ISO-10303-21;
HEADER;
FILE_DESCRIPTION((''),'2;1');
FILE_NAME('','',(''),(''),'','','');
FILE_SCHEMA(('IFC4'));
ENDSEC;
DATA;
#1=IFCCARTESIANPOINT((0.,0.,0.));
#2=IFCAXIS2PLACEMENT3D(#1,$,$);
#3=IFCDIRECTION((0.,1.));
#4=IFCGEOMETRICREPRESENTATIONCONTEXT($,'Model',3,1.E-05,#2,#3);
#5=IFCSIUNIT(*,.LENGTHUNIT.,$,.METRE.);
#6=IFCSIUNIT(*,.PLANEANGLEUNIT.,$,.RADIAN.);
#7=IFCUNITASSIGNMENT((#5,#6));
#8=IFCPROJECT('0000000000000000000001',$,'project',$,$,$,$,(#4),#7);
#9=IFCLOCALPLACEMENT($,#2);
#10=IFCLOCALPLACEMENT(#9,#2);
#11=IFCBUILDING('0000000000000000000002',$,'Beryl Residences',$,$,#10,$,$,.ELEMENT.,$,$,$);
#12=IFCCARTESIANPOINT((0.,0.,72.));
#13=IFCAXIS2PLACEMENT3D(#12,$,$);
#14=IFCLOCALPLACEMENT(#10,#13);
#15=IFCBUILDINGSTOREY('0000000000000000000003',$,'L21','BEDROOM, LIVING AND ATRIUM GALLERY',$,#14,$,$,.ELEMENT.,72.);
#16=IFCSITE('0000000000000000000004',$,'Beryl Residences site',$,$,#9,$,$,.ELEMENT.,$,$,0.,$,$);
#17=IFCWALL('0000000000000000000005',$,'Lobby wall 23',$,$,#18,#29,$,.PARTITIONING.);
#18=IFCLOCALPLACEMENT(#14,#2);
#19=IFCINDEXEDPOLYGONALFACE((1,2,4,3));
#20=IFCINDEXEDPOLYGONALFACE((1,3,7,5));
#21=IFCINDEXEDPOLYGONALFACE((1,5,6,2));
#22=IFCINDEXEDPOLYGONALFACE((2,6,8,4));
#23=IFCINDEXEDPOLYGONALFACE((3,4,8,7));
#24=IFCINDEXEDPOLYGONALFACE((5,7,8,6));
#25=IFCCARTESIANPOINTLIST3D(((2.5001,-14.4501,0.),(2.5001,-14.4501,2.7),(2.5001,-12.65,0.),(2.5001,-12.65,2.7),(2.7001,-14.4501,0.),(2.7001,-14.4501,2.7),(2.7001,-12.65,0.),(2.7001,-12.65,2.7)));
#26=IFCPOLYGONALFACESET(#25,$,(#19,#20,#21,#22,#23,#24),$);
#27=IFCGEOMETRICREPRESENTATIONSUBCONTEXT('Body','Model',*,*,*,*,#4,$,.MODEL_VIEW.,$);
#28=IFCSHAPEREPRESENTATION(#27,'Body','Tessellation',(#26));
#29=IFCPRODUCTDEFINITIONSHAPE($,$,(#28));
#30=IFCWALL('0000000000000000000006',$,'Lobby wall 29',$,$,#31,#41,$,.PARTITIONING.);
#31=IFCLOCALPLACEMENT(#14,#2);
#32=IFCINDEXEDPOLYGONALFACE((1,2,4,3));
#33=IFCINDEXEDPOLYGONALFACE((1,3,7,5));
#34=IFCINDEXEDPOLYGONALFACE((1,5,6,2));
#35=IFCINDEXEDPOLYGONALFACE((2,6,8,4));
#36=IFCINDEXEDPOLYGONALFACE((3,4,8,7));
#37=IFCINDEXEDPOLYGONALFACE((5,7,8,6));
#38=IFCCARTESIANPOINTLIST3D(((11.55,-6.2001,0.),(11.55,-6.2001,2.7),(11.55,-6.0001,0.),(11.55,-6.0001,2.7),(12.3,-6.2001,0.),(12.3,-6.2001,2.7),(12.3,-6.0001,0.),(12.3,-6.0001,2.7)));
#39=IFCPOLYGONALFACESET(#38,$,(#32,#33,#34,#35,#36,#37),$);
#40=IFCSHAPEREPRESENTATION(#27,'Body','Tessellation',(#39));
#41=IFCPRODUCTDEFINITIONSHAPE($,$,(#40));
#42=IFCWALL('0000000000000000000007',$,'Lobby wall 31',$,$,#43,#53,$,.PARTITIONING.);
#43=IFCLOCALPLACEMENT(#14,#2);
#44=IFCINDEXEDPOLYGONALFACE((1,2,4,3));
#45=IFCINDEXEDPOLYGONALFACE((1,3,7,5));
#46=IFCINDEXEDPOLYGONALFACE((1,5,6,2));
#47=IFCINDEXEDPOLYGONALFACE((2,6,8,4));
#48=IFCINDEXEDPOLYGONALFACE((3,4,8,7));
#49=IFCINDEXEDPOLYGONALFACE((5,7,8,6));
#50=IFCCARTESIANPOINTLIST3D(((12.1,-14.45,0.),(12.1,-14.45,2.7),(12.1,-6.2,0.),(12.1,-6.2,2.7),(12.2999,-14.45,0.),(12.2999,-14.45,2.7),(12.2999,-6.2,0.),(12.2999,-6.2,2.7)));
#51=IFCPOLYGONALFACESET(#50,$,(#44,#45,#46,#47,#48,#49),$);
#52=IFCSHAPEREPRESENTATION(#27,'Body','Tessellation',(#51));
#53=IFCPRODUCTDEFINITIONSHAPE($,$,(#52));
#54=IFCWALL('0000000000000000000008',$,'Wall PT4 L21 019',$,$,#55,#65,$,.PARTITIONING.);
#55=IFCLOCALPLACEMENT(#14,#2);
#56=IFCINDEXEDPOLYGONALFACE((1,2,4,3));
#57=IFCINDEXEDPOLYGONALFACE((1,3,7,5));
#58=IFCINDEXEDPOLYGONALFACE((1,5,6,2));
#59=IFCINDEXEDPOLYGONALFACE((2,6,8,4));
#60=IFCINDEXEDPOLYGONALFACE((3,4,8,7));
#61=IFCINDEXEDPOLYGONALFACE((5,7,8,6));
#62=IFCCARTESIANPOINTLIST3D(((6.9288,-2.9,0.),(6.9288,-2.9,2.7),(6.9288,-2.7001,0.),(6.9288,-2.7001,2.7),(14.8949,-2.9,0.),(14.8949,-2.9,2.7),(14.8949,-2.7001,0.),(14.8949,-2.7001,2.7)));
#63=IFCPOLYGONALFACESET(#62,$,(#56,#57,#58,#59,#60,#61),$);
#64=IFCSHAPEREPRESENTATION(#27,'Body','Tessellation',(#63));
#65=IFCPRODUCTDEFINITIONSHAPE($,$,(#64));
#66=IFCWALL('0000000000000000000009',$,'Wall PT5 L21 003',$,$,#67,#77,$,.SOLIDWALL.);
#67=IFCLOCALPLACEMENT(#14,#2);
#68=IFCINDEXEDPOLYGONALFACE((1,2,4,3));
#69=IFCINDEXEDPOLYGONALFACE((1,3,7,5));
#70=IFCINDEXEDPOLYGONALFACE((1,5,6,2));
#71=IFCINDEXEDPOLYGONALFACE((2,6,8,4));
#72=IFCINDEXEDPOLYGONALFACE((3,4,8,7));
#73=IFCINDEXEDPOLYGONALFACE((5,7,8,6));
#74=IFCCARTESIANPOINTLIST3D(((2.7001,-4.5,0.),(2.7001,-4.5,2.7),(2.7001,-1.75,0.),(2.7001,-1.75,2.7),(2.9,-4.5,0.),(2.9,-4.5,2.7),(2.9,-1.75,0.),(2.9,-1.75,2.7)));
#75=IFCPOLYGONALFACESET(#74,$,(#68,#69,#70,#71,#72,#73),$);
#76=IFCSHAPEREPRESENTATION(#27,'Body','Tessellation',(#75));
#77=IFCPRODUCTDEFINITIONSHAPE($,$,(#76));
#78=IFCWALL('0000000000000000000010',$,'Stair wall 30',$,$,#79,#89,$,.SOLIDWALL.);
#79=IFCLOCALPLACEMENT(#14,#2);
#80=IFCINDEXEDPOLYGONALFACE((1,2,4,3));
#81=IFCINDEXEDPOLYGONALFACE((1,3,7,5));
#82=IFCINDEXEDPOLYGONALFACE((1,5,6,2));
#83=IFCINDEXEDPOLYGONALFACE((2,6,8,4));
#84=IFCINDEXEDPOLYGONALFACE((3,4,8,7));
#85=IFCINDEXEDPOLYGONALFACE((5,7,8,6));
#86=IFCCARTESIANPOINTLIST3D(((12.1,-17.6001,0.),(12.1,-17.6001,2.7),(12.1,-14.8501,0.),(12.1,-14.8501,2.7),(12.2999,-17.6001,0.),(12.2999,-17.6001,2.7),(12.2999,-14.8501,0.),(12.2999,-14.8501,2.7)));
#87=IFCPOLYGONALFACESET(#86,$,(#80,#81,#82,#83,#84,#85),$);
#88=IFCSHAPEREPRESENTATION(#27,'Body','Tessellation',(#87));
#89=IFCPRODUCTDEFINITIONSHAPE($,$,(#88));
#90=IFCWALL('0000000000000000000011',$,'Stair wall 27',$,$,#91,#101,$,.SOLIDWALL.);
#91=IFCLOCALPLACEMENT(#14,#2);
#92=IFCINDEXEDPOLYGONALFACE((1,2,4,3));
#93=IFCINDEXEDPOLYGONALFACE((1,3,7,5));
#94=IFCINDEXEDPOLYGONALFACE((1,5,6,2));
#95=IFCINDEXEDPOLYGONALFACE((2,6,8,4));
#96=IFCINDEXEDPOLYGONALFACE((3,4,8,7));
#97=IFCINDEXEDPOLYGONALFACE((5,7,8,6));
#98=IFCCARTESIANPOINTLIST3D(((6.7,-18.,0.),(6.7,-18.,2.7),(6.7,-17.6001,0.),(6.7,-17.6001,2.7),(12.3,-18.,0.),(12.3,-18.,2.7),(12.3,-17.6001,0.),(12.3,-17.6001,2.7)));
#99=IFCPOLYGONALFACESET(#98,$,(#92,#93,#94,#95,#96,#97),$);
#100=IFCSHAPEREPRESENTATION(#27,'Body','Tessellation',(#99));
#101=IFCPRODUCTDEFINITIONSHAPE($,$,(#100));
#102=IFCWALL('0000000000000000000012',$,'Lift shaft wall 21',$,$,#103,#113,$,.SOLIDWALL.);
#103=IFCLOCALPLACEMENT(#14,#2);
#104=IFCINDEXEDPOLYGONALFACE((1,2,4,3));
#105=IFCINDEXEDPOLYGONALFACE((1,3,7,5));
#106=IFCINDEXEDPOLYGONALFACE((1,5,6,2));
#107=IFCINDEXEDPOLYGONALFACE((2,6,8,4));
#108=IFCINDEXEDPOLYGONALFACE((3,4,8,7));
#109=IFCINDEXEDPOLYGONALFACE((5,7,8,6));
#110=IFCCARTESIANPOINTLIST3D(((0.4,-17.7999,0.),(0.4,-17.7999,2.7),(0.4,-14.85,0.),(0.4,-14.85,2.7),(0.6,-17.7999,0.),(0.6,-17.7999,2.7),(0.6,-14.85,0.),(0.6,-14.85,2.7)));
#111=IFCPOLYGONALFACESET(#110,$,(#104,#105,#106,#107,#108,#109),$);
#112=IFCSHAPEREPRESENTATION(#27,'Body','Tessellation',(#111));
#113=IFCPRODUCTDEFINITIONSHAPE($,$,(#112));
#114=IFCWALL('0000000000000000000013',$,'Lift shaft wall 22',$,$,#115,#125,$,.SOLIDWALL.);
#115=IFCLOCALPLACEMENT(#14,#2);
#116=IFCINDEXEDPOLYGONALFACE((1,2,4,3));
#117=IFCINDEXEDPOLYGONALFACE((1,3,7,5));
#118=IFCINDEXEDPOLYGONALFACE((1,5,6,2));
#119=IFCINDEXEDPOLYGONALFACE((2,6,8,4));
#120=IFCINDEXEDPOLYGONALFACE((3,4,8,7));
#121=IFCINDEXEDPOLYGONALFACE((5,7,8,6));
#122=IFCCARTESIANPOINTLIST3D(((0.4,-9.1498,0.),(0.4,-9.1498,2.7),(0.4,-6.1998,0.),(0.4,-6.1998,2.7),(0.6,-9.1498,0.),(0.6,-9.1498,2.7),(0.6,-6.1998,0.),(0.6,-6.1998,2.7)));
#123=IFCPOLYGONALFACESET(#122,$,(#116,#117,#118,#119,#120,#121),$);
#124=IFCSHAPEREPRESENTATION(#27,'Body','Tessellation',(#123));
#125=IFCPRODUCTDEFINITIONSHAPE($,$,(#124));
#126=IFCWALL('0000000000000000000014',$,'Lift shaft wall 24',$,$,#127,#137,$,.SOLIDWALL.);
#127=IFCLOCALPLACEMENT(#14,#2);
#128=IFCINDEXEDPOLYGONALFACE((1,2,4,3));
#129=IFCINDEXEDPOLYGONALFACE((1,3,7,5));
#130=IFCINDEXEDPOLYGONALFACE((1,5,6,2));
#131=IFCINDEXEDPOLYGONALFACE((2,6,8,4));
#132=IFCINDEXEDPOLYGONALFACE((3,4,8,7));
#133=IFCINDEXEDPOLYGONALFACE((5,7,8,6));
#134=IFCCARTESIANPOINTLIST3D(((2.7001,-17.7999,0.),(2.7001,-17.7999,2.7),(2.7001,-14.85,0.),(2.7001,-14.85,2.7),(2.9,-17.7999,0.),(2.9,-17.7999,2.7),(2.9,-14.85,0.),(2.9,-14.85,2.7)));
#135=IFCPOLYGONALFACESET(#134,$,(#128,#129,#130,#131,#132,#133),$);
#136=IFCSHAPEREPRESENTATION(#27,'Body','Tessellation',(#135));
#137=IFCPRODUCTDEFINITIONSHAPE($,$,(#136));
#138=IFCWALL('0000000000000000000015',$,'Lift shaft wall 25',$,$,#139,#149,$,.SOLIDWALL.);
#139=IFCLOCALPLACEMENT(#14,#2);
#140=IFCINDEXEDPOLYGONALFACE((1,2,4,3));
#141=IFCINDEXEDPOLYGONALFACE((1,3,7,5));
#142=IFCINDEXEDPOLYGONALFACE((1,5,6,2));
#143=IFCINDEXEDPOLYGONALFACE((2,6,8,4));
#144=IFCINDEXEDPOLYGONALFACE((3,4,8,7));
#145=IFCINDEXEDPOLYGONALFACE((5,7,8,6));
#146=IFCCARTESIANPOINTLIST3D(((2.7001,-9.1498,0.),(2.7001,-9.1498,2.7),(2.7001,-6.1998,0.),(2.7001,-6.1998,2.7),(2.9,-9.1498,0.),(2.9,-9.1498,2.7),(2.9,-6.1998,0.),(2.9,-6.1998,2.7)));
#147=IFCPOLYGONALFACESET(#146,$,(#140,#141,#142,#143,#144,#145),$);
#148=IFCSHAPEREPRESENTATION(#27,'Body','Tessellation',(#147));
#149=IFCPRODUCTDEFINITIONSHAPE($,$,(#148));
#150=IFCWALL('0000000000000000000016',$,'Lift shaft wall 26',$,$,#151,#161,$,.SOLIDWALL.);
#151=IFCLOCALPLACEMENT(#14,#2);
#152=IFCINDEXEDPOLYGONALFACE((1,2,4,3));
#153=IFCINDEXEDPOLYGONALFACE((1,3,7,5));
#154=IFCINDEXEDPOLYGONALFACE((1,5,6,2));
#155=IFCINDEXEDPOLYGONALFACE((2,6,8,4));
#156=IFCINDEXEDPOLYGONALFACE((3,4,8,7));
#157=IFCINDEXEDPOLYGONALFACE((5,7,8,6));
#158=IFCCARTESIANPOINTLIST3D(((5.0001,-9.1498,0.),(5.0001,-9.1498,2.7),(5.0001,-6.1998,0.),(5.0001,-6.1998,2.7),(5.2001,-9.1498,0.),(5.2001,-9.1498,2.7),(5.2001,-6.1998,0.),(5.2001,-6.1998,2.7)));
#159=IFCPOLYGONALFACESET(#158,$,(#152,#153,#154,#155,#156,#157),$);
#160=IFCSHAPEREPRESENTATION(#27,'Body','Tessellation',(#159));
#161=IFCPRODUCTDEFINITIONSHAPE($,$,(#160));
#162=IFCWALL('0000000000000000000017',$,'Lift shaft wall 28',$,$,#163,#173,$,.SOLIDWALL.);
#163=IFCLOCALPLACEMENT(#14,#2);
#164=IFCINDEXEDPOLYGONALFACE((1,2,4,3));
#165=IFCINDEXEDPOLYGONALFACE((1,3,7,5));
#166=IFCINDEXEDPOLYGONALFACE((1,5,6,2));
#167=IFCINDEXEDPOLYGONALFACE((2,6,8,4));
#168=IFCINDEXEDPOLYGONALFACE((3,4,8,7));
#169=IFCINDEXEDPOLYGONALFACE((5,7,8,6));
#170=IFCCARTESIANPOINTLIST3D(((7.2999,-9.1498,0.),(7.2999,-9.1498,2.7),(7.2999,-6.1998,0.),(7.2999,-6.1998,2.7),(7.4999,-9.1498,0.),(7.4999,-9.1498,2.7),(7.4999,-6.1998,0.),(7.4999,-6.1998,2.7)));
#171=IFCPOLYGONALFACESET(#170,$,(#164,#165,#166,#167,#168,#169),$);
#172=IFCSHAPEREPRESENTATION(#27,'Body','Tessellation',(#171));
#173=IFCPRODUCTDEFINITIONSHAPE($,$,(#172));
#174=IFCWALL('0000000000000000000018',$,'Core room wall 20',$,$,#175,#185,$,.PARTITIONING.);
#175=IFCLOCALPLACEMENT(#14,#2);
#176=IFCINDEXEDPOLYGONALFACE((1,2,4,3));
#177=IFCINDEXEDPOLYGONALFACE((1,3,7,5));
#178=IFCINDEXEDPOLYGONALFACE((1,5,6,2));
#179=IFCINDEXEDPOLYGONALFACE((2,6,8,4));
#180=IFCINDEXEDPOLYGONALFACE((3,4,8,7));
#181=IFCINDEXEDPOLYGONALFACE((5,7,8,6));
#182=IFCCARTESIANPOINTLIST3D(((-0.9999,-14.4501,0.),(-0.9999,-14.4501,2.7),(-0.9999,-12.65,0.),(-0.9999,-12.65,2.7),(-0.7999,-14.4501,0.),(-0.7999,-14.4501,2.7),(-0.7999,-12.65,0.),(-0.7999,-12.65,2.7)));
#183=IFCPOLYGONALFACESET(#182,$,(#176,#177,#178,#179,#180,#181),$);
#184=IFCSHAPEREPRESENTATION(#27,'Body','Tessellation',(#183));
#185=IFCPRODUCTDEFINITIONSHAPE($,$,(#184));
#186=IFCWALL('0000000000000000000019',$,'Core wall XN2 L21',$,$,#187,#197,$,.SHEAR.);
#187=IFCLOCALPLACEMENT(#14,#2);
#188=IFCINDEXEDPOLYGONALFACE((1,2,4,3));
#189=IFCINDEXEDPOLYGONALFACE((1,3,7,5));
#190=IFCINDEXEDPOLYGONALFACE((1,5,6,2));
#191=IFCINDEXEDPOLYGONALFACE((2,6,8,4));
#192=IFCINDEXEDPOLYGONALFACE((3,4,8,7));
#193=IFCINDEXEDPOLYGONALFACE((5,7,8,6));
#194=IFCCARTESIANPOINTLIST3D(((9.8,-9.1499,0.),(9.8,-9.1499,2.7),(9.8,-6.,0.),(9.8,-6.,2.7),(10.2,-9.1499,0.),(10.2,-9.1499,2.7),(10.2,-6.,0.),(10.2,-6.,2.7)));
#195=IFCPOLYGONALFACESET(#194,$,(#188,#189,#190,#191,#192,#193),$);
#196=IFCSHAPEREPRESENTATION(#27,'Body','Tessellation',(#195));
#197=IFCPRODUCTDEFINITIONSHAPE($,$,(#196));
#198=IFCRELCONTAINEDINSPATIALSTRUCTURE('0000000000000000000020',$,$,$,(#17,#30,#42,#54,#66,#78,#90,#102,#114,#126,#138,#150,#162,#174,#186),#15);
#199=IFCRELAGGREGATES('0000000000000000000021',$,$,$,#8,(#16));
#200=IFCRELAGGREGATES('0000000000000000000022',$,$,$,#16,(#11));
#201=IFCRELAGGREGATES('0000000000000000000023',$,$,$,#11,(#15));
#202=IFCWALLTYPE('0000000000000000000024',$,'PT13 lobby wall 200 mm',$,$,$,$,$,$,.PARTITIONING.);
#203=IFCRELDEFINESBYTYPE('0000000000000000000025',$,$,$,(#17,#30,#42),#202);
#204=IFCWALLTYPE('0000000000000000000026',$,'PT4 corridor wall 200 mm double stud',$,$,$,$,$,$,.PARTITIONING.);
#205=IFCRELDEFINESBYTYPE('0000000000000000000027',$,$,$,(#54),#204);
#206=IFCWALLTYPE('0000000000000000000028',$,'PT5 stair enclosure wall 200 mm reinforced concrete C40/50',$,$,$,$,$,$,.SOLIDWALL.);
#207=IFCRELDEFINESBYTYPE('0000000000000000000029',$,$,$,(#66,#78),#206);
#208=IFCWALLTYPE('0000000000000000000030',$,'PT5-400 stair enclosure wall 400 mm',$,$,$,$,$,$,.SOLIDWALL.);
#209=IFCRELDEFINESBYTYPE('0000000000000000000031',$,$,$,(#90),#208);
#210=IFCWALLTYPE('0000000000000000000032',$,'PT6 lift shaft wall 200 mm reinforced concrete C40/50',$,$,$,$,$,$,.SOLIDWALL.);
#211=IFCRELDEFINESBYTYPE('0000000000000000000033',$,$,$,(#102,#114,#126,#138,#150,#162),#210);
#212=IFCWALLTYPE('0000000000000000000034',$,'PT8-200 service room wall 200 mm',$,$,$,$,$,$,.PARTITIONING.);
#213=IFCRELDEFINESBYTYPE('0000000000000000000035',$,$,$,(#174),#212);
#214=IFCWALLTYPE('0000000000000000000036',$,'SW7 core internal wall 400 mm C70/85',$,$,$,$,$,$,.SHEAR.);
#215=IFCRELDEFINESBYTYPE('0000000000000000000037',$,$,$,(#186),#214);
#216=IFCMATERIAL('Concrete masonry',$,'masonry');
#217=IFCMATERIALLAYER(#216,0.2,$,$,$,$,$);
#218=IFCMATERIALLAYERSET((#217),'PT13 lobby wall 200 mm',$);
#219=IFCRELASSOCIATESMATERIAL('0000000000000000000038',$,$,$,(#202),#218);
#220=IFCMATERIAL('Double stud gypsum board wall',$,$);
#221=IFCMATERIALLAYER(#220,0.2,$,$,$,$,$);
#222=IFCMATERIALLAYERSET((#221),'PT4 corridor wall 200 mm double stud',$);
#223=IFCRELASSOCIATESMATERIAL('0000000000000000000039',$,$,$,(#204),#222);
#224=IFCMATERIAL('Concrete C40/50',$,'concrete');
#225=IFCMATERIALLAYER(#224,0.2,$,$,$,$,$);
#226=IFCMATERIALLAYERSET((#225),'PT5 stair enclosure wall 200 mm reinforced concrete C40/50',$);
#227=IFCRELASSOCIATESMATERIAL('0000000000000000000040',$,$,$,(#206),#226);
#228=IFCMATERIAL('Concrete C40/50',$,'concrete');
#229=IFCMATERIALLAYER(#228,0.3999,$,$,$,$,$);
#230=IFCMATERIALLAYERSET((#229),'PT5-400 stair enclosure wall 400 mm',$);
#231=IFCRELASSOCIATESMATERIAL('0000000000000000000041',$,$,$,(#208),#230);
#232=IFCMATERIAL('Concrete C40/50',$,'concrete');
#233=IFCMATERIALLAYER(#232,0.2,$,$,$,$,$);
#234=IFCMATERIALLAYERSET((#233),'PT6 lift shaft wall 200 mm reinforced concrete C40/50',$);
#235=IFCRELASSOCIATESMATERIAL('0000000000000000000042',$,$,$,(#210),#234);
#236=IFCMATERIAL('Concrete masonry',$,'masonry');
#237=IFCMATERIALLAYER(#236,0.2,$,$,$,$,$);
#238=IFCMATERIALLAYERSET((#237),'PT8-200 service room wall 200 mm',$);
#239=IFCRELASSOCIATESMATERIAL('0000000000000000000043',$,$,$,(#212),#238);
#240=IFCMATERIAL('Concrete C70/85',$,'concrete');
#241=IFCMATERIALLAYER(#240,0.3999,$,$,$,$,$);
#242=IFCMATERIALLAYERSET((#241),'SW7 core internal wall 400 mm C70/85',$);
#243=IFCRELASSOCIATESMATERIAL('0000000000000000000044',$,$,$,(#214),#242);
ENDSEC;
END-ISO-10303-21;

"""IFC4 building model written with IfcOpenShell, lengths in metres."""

from ifc_helpers import new_model, si_unit, direction, frame, frame_2d, origin, place, context, subcontext, project, spatial, rectangle, extrude, material, layer, layer_set, type_object, element, save


model = new_model("IFC4")

# Units and contexts
model_context = context("Model", 3, precision=1e-05, world=origin(), true_north=direction((0.0, 1.0)))
body_context = subcontext(model_context, "Body", "Model", "MODEL_VIEW")
ifc_project = project(units=[si_unit("LENGTHUNIT", "METRE"), si_unit("PLANEANGLEUNIT", "RADIAN")], contexts=[model_context])

# Site, building, storey
site_placement = place(None, origin())
site = spatial("IfcSite", under=ifc_project, at=site_placement, Name="Beryl Residences site", CompositionType="ELEMENT", RefElevation=0.0)
building_placement = place(site_placement, origin())
building = spatial("IfcBuilding", under=site, at=building_placement, Name="Beryl Residences", CompositionType="ELEMENT")
storey_placement = place(building_placement, frame((0.0, 0.0, 72.0)))
storey = spatial("IfcBuildingStorey", under=building, at=storey_placement, Name="L21", Description="BEDROOM, LIVING AND ATRIUM GALLERY", CompositionType="ELEMENT", Elevation=72.0)

# Walls
ifc_material_1 = material(Name="Concrete masonry", Category="masonry")
ifc_layer_1 = layer(ifc_material_1, 0.2)
ifc_layer_set_1 = layer_set([ifc_layer_1], Name="PT13 lobby wall 200 mm")
wall_type_1 = type_object("IfcWallType", Name="PT13 lobby wall 200 mm", PredefinedType="PARTITIONING", material=ifc_layer_set_1)
wall_1_placement = place(storey_placement, frame((2.6001, -14.45, 0.0), z_axis=(0.0, 0.0, 1.0), x_axis=(0.0, 1.0, 0.0)))
element("IfcWall", 1, at=wall_1_placement, inside=storey, type_object=wall_type_1, Name="Lobby wall 23", PredefinedType="PARTITIONING", context=body_context, shape_type="SweptSolid", body=[
    extrude(rectangle(XDim=1.8, YDim=0.2, at=frame_2d((0.8999, 0.0))), origin(), (0.0, 0.0, 1.0), 2.7),
])
wall_2_placement = place(storey_placement, frame((11.55, -6.1001, 0.0), z_axis=(0.0, 0.0, 1.0), x_axis=(1.0, 0.0, 0.0)))
element("IfcWall", 2, at=wall_2_placement, inside=storey, type_object=wall_type_1, Name="Lobby wall 29", PredefinedType="PARTITIONING", context=body_context, shape_type="SweptSolid", body=[
    extrude(rectangle(XDim=0.75, YDim=0.2, at=frame_2d((0.375, 0.0))), origin(), (0.0, 0.0, 1.0), 2.7),
])
wall_3_placement = place(storey_placement, frame((12.2, -14.45, 0.0), z_axis=(0.0, 0.0, 1.0), x_axis=(0.0, 1.0, 0.0)))
element("IfcWall", 3, at=wall_3_placement, inside=storey, type_object=wall_type_1, Name="Lobby wall 31", PredefinedType="PARTITIONING", context=body_context, shape_type="SweptSolid", body=[
    extrude(rectangle(XDim=8.25, YDim=0.2, at=frame_2d((4.125, 0.0))), origin(), (0.0, 0.0, 1.0), 2.7),
])
ifc_material_2 = material(Name="Double stud gypsum board wall")
ifc_layer_2 = layer(ifc_material_2, 0.2)
ifc_layer_set_2 = layer_set([ifc_layer_2], Name="PT4 corridor wall 200 mm double stud")
wall_type_2 = type_object("IfcWallType", Name="PT4 corridor wall 200 mm double stud", PredefinedType="PARTITIONING", material=ifc_layer_set_2)
wall_4_placement = place(storey_placement, frame((6.929, -2.8, 0.0), z_axis=(0.0, 0.0, 1.0), x_axis=(1.0, 0.0, 0.0)))
element("IfcWall", 4, at=wall_4_placement, inside=storey, type_object=wall_type_2, Name="Wall PT4 L21 019", PredefinedType="PARTITIONING", context=body_context, shape_type="SweptSolid", body=[
    extrude(rectangle(XDim=7.9661, YDim=0.2, at=frame_2d((3.9829, 0.0))), origin(), (0.0, 0.0, 1.0), 2.7),
])
ifc_material_3 = material(Name="Concrete C40/50", Category="concrete")
ifc_layer_3 = layer(ifc_material_3, 0.2)
ifc_layer_set_3 = layer_set([ifc_layer_3], Name="PT5 stair enclosure wall 200 mm reinforced concrete C40/50")
wall_type_3 = type_object("IfcWallType", Name="PT5 stair enclosure wall 200 mm reinforced concrete C40/50", PredefinedType="SOLIDWALL", material=ifc_layer_set_3)
for number, where, z_axis, x_axis, name in (
    (5, (2.8, -4.5, 0.0), (0.0, 0.0, 1.0), (0.0, 1.0, 0.0), "Wall PT5 L21 003"),
    (6, (12.2, -17.6001, 0.0), (0.0, 0.0, 1.0), (0.0, 1.0, 0.0), "Stair wall 30"),
):
    element("IfcWall", number, at=place(storey_placement, frame(where, z_axis=z_axis, x_axis=x_axis)), inside=storey, type_object=wall_type_3, Name=name, PredefinedType="SOLIDWALL", context=body_context, shape_type="SweptSolid", body=[
        extrude(rectangle(XDim=2.75, YDim=0.2, at=frame_2d((1.375, 0.0))), origin(), (0.0, 0.0, 1.0), 2.7),
    ])
ifc_material_4 = material(Name="Concrete C40/50", Category="concrete")
ifc_layer_4 = layer(ifc_material_4, 0.3999)
ifc_layer_set_4 = layer_set([ifc_layer_4], Name="PT5-400 stair enclosure wall 400 mm")
wall_type_4 = type_object("IfcWallType", Name="PT5-400 stair enclosure wall 400 mm", PredefinedType="SOLIDWALL", material=ifc_layer_set_4)
wall_5_placement = place(storey_placement, frame((6.7, -17.8, 0.0), z_axis=(0.0, 0.0, 1.0), x_axis=(1.0, 0.0, 0.0)))
element("IfcWall", 7, at=wall_5_placement, inside=storey, type_object=wall_type_4, Name="Stair wall 27", PredefinedType="SOLIDWALL", context=body_context, shape_type="SweptSolid", body=[
    extrude(rectangle(XDim=5.6001, YDim=0.3999, at=frame_2d((2.8, 0.0))), origin(), (0.0, 0.0, 1.0), 2.7),
])
ifc_material_5 = material(Name="Concrete C40/50", Category="concrete")
ifc_layer_5 = layer(ifc_material_5, 0.2)
ifc_layer_set_5 = layer_set([ifc_layer_5], Name="PT6 lift shaft wall 200 mm reinforced concrete C40/50")
wall_type_5 = type_object("IfcWallType", Name="PT6 lift shaft wall 200 mm reinforced concrete C40/50", PredefinedType="SOLIDWALL", material=ifc_layer_set_5)
for number, where, z_axis, x_axis, name in (
    (8, (0.5, -17.8, 0.0), (0.0, 0.0, 1.0), (0.0, 1.0, 0.0), "Lift shaft wall 21"),
    (9, (0.5, -9.1499, 0.0), (0.0, 0.0, 1.0), (0.0, 1.0, 0.0), "Lift shaft wall 22"),
    (10, (2.8, -17.8, 0.0), (0.0, 0.0, 1.0), (0.0, 1.0, 0.0), "Lift shaft wall 24"),
    (11, (2.8, -9.1499, 0.0), (0.0, 0.0, 1.0), (0.0, 1.0, 0.0), "Lift shaft wall 25"),
    (12, (5.1001, -9.1499, 0.0), (0.0, 0.0, 1.0), (0.0, 1.0, 0.0), "Lift shaft wall 26"),
    (13, (7.3999, -9.1499, 0.0), (0.0, 0.0, 1.0), (0.0, 1.0, 0.0), "Lift shaft wall 28"),
):
    element("IfcWall", number, at=place(storey_placement, frame(where, z_axis=z_axis, x_axis=x_axis)), inside=storey, type_object=wall_type_5, Name=name, PredefinedType="SOLIDWALL", context=body_context, shape_type="SweptSolid", body=[
        extrude(rectangle(XDim=2.95, YDim=0.2, at=frame_2d((1.4751, 0.0))), origin(), (0.0, 0.0, 1.0), 2.7),
    ])
ifc_material_6 = material(Name="Concrete masonry", Category="masonry")
ifc_layer_6 = layer(ifc_material_6, 0.2)
ifc_layer_set_6 = layer_set([ifc_layer_6], Name="PT8-200 service room wall 200 mm")
wall_type_6 = type_object("IfcWallType", Name="PT8-200 service room wall 200 mm", PredefinedType="PARTITIONING", material=ifc_layer_set_6)
wall_6_placement = place(storey_placement, frame((-0.8999, -14.45, 0.0), z_axis=(0.0, 0.0, 1.0), x_axis=(0.0, 1.0, 0.0)))
element("IfcWall", 14, at=wall_6_placement, inside=storey, type_object=wall_type_6, Name="Core room wall 20", PredefinedType="PARTITIONING", context=body_context, shape_type="SweptSolid", body=[
    extrude(rectangle(XDim=1.8, YDim=0.2, at=frame_2d((0.8999, 0.0))), origin(), (0.0, 0.0, 1.0), 2.7),
])
ifc_material_7 = material(Name="Concrete C70/85", Category="concrete")
ifc_layer_7 = layer(ifc_material_7, 0.3999)
ifc_layer_set_7 = layer_set([ifc_layer_7], Name="SW7 core internal wall 400 mm C70/85")
wall_type_7 = type_object("IfcWallType", Name="SW7 core internal wall 400 mm C70/85", PredefinedType="SHEAR", material=ifc_layer_set_7)
wall_7_placement = place(storey_placement, frame((10.0, -9.1499, 0.0), z_axis=(0.0, 0.0, 1.0), x_axis=(0.0, 1.0, 0.0)))
element("IfcWall", 15, at=wall_7_placement, inside=storey, type_object=wall_type_7, Name="Core wall XN2 L21", PredefinedType="SHEAR", context=body_context, shape_type="SweptSolid", body=[
    extrude(rectangle(XDim=3.1499, YDim=0.3999, at=frame_2d((1.575, 0.0))), origin(), (0.0, 0.0, 1.0), 2.7),
])

save(model, "model.ifc")
